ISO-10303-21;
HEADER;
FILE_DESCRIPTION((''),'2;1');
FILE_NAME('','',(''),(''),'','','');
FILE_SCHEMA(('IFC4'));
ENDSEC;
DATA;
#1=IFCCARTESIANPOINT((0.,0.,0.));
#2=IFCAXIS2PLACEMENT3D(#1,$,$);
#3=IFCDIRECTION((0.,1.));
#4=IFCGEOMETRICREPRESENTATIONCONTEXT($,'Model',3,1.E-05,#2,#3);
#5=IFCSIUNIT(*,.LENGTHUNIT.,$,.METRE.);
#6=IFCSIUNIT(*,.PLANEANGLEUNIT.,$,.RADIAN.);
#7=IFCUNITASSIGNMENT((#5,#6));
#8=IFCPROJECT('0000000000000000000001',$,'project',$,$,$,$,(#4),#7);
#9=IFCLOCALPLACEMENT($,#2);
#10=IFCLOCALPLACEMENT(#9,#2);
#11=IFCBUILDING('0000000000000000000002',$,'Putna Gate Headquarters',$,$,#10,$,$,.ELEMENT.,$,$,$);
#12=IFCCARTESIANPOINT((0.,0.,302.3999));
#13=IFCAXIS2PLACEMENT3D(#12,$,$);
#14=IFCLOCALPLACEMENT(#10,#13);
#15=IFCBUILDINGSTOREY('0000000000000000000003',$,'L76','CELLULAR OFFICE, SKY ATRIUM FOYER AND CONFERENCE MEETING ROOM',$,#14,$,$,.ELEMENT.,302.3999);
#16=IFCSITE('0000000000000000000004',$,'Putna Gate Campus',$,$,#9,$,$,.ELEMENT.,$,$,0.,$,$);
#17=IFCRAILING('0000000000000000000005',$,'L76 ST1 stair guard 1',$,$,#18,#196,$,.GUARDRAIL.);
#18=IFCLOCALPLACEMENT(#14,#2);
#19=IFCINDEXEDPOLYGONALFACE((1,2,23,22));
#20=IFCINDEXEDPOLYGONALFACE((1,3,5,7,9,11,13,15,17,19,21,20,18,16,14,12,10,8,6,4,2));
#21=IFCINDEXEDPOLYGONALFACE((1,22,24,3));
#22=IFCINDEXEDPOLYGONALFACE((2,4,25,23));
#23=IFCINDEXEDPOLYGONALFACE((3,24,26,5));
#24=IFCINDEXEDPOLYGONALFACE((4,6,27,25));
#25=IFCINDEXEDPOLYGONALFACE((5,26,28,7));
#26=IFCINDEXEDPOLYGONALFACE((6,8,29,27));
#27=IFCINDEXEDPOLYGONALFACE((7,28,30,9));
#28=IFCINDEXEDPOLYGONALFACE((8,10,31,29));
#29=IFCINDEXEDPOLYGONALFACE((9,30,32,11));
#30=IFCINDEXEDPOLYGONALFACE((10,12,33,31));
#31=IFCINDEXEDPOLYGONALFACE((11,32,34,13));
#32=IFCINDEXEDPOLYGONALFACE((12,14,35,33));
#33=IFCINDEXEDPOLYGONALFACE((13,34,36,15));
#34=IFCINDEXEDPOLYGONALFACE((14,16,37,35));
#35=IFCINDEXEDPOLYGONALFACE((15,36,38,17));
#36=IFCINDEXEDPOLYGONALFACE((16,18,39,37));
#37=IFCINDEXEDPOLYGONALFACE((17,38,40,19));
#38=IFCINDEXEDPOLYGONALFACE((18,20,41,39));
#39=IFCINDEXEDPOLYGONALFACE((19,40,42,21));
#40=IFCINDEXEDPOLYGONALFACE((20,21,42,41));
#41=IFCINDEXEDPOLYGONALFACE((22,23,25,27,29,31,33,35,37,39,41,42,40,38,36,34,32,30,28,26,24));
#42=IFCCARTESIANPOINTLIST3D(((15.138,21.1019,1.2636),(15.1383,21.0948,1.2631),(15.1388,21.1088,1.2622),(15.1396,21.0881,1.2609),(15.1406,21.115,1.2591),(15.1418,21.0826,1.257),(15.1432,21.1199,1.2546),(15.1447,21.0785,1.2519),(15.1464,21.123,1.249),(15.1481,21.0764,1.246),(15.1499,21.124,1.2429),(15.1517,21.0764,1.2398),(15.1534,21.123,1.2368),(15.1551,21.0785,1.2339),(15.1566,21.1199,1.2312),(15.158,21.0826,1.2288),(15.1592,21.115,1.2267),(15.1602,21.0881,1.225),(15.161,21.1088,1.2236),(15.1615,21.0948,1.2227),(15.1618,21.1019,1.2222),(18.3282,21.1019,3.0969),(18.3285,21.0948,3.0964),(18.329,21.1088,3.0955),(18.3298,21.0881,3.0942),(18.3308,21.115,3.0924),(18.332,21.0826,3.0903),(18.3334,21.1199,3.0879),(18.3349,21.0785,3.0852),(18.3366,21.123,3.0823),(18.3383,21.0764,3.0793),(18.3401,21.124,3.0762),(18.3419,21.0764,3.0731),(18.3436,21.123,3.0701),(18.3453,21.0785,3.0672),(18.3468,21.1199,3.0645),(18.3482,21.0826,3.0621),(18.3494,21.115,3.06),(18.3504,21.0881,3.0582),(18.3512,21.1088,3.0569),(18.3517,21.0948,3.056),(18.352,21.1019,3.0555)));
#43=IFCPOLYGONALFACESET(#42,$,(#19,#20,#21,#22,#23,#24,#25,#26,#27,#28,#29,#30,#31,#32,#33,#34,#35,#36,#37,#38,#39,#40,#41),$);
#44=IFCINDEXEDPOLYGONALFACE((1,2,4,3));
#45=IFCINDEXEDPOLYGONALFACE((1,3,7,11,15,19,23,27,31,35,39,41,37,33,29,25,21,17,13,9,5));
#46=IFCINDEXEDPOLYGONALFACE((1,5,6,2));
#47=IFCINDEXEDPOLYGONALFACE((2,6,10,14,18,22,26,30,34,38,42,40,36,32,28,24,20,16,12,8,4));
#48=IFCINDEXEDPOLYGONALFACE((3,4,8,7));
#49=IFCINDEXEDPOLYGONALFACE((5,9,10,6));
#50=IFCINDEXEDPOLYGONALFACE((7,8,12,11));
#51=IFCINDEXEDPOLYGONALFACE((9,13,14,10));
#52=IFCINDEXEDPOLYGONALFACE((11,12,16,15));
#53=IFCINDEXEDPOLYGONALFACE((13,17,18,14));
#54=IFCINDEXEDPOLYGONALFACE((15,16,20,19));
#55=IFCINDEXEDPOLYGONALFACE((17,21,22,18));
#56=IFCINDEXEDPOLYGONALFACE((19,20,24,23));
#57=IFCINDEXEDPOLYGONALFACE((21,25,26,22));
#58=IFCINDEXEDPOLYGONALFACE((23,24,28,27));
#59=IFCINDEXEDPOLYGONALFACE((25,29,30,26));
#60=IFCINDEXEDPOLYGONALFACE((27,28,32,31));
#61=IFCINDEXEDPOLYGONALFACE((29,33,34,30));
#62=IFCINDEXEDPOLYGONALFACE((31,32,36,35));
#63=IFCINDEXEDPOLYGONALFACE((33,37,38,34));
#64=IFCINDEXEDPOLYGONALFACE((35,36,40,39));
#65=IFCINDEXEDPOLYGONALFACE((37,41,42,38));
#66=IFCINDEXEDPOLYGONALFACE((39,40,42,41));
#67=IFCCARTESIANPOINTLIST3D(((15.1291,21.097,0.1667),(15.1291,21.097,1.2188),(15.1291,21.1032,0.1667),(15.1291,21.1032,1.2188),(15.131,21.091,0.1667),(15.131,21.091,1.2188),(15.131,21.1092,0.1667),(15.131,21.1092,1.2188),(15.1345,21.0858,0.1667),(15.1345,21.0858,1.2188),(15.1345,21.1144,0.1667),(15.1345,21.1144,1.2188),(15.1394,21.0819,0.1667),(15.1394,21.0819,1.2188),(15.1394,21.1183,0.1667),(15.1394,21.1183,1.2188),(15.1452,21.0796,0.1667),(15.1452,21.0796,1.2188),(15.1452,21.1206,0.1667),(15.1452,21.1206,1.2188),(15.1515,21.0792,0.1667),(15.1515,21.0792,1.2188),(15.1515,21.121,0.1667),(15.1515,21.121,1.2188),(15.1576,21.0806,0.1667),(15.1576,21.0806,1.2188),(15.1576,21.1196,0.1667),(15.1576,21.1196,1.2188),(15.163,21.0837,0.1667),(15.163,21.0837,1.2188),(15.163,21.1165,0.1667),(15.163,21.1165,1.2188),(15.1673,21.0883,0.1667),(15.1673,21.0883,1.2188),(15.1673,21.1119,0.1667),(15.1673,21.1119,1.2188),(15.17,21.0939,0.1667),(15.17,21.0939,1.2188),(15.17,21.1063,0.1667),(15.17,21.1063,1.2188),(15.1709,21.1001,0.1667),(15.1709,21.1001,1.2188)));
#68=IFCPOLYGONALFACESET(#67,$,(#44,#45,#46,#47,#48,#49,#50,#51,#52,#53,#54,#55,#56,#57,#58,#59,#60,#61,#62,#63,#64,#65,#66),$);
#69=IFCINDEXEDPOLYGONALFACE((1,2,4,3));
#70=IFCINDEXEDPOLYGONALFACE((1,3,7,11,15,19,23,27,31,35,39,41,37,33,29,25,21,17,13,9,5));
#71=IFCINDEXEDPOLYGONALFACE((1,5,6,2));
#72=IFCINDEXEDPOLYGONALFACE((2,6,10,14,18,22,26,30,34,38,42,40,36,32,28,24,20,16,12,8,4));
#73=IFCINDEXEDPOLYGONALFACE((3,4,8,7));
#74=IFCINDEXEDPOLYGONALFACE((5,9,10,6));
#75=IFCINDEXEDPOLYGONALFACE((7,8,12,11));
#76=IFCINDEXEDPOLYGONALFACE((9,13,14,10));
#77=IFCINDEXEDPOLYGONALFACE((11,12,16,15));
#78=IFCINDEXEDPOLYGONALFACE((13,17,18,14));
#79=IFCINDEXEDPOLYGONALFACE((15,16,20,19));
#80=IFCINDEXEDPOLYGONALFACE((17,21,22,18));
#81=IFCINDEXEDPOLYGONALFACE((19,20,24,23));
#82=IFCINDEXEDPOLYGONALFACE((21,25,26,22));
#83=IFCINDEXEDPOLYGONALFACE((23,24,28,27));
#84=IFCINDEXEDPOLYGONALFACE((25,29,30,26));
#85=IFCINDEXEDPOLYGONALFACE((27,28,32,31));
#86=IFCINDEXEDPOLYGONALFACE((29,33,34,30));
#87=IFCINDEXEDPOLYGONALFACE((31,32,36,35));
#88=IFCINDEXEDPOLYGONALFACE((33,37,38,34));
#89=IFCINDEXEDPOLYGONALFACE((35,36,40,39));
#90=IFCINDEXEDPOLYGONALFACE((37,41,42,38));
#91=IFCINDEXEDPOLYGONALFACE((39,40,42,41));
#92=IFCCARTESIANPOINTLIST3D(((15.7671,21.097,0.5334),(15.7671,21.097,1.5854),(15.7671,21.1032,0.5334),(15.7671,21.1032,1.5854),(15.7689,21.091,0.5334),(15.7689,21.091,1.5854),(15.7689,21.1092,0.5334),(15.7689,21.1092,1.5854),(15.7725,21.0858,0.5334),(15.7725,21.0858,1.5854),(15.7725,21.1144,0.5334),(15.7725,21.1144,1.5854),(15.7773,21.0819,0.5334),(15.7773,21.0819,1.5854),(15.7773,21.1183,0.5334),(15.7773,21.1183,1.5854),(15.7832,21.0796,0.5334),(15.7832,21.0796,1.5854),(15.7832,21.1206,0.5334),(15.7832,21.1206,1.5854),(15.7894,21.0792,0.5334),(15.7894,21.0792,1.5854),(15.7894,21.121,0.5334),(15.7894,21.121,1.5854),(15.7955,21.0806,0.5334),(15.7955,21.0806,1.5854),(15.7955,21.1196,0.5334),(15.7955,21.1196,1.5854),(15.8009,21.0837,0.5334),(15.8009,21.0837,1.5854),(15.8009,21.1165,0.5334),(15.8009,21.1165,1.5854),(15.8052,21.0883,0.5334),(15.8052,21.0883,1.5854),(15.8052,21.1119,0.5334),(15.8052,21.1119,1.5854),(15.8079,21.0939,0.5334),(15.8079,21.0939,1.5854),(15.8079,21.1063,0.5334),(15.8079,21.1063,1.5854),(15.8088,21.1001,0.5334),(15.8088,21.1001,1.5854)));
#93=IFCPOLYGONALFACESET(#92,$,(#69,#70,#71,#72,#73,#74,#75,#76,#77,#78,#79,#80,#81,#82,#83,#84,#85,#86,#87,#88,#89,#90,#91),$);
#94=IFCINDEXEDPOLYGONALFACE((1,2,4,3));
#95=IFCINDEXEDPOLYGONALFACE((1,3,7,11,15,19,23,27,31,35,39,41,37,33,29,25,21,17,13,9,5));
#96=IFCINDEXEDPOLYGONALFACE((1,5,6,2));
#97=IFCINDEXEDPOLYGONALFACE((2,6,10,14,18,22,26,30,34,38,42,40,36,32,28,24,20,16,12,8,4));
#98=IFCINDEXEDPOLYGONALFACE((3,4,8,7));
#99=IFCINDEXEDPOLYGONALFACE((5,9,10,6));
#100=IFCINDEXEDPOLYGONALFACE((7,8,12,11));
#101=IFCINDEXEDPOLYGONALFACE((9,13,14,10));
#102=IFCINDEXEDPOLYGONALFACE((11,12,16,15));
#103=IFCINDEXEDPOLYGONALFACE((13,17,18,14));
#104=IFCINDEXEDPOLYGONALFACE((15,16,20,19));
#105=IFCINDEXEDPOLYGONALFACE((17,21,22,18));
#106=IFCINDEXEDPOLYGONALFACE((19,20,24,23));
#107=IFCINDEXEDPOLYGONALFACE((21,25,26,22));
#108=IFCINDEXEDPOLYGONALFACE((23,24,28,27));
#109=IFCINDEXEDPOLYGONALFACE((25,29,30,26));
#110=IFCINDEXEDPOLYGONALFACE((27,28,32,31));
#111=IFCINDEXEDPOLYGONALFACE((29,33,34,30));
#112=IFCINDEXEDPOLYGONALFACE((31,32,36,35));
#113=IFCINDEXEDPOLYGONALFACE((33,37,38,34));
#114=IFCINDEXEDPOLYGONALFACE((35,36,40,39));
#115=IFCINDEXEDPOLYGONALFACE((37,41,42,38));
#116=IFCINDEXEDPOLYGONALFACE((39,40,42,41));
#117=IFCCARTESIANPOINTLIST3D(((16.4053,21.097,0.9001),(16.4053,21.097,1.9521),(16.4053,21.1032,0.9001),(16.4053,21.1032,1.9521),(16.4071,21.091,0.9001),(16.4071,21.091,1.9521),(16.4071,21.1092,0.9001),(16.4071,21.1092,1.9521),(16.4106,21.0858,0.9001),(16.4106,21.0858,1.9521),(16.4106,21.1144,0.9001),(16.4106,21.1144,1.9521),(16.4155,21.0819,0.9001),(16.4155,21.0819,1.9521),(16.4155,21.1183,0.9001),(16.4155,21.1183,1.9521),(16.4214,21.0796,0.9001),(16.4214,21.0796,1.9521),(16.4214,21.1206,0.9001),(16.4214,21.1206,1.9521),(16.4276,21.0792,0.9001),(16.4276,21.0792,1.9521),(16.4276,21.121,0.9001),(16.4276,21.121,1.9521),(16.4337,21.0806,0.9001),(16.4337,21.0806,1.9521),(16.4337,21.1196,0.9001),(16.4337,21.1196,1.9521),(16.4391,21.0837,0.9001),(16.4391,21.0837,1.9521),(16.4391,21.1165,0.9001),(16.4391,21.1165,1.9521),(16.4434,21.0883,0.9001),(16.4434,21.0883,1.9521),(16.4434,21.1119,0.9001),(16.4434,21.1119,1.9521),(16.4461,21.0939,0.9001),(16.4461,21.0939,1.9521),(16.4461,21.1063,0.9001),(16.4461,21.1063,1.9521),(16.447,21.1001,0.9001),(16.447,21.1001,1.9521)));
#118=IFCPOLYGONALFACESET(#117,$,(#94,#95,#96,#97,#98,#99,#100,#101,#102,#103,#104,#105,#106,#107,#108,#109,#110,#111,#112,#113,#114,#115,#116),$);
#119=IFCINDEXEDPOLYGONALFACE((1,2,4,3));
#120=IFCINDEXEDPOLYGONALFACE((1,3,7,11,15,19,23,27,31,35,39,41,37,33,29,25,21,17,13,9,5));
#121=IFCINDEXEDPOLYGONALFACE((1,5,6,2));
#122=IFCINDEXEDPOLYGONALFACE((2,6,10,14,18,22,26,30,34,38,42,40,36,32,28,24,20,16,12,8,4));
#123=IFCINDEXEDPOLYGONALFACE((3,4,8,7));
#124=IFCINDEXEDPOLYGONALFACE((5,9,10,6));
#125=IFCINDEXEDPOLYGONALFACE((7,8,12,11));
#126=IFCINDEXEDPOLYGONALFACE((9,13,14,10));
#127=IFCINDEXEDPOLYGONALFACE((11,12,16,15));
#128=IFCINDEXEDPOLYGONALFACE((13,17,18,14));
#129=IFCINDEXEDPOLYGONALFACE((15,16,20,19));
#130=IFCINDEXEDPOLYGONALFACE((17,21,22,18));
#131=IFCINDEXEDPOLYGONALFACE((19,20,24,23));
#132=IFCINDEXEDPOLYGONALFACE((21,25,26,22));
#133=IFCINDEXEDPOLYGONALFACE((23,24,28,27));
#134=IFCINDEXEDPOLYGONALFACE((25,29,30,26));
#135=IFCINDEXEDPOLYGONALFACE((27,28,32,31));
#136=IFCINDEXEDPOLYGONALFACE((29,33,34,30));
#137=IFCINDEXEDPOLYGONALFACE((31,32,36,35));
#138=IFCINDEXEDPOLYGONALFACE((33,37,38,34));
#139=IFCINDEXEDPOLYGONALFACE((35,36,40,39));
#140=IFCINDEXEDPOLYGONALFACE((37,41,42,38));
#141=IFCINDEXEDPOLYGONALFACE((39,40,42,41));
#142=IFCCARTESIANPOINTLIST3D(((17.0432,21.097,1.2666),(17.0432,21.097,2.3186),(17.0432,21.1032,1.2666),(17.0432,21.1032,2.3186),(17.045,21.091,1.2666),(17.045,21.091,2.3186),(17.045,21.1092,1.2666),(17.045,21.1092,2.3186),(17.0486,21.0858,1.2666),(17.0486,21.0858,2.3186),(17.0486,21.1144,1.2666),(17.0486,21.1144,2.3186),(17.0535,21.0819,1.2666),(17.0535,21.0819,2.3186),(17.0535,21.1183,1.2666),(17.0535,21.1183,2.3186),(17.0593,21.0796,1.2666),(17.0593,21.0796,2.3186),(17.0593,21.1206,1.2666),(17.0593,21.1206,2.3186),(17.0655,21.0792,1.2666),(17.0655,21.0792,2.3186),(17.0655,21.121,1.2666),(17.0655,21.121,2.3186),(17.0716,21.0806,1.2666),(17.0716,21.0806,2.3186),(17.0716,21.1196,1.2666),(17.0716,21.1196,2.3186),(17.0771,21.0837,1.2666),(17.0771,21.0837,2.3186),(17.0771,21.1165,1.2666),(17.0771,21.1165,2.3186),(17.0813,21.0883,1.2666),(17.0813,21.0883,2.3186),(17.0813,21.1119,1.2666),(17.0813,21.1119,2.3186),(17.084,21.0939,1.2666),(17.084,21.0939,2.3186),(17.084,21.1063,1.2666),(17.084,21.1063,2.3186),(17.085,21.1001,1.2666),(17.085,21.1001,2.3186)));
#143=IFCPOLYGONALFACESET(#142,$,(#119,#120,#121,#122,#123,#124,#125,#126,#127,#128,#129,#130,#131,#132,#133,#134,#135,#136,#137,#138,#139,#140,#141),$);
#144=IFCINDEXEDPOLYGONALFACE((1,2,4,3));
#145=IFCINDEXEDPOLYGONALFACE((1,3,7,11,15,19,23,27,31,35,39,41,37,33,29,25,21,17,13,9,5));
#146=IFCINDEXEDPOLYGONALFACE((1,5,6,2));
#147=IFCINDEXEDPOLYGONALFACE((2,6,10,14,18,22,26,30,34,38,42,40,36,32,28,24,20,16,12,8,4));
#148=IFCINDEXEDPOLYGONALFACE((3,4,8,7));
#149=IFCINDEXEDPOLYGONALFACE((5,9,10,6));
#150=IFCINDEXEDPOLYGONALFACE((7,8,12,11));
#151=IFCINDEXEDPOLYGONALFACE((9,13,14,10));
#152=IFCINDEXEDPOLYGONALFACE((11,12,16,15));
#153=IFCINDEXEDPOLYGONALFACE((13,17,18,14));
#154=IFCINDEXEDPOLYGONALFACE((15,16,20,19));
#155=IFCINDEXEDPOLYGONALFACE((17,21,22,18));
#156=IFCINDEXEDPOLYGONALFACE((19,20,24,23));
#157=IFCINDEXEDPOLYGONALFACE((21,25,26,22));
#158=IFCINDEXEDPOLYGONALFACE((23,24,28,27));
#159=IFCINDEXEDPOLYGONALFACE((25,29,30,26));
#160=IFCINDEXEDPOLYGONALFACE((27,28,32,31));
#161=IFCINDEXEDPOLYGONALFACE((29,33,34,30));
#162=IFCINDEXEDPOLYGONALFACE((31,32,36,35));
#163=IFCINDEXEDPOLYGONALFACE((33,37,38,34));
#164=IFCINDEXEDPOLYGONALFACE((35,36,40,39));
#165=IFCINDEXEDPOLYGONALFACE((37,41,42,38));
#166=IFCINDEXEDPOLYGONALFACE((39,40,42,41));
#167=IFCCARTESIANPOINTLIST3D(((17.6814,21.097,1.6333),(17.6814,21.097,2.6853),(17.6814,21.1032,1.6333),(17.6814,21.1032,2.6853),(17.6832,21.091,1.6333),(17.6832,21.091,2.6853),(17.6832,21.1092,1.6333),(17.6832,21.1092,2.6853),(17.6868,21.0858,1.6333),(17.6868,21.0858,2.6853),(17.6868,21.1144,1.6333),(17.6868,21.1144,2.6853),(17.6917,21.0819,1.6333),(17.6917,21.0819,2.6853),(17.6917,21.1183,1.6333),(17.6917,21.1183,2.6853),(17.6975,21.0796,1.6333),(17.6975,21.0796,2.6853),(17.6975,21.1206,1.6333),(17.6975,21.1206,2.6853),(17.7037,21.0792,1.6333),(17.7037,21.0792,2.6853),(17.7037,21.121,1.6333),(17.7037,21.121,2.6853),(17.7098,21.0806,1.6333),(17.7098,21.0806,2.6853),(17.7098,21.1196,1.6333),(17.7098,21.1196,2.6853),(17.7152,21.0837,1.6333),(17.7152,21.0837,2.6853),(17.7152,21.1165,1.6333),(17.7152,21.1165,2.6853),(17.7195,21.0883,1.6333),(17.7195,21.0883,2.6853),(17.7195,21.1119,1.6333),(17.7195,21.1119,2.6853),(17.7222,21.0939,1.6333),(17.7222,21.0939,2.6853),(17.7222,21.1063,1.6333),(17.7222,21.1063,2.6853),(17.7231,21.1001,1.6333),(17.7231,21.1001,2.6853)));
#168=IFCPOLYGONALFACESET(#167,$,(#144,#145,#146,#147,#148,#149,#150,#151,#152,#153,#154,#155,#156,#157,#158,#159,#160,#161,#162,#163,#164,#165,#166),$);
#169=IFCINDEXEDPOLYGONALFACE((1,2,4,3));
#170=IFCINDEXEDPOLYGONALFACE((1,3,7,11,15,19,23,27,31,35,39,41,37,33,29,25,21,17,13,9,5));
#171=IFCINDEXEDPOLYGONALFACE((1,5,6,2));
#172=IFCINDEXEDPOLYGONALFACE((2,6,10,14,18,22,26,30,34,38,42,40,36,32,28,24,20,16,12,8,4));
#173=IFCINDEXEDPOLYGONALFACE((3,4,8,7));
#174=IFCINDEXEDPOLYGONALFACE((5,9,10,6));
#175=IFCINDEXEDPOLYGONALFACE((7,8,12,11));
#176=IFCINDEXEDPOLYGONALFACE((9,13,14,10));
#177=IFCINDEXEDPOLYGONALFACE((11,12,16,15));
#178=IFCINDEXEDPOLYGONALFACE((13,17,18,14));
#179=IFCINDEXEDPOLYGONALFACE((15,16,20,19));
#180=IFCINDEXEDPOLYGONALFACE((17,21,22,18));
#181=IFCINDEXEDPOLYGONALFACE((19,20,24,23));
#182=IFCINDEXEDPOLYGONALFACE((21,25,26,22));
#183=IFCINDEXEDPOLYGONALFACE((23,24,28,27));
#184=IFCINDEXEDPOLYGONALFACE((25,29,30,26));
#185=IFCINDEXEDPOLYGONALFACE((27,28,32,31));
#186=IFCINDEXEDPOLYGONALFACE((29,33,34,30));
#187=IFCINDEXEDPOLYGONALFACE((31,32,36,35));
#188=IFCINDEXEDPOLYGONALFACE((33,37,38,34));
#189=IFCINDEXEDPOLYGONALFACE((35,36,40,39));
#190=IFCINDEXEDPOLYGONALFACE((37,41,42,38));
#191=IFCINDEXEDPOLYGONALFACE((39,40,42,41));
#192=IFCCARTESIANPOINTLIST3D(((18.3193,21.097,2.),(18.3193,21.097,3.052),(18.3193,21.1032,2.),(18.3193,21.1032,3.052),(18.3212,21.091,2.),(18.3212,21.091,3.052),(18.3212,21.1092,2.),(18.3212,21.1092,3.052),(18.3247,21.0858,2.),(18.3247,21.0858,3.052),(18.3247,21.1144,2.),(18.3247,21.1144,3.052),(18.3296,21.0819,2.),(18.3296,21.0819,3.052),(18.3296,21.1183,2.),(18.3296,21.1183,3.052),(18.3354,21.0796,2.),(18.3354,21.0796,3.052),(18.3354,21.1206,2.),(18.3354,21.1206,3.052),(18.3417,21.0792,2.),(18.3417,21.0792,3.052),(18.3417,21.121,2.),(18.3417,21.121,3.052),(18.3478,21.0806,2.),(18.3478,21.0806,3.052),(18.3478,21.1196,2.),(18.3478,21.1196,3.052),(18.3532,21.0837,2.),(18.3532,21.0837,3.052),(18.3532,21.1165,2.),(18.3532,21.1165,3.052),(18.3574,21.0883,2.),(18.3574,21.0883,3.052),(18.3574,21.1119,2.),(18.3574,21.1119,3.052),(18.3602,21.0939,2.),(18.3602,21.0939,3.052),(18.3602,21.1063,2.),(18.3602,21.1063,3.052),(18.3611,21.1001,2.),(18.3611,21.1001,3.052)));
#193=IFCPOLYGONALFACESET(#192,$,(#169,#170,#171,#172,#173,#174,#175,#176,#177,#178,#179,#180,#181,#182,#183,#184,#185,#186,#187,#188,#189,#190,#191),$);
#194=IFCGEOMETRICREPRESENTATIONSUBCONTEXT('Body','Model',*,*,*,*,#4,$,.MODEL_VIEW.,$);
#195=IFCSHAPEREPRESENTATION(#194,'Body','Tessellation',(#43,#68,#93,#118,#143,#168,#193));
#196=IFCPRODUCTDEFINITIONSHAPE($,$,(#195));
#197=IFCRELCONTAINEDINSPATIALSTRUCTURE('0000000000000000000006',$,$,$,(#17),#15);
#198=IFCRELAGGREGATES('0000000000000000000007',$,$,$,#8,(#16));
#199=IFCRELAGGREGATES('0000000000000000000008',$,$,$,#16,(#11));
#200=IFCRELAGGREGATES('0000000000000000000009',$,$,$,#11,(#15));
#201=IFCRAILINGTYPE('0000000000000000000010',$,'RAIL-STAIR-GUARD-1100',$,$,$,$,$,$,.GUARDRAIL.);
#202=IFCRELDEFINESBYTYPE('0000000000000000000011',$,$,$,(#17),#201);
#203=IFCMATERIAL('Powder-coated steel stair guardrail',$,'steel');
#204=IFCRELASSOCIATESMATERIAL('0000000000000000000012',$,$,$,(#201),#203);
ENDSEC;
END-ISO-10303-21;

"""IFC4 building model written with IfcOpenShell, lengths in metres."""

from ifc_helpers import new_model, si_unit, direction, frame, origin, origin_2d, place, context, subcontext, project, spatial, circle, extrude, material, type_object, element, save


model = new_model("IFC4")

# Units and contexts
model_context = context("Model", 3, precision=1e-05, world=origin(), true_north=direction((0.0, 1.0)))
body_context = subcontext(model_context, "Body", "Model", "MODEL_VIEW")
ifc_project = project(units=[si_unit("LENGTHUNIT", "METRE"), si_unit("PLANEANGLEUNIT", "RADIAN")], contexts=[model_context])

# Site, building, storey
site_placement = place(None, origin())
site = spatial("IfcSite", under=ifc_project, at=site_placement, Name="Putna Gate Campus", CompositionType="ELEMENT", RefElevation=0.0)
building_placement = place(site_placement, origin())
building = spatial("IfcBuilding", under=site, at=building_placement, Name="Putna Gate Headquarters", CompositionType="ELEMENT")
storey_placement = place(building_placement, frame((0.0, 0.0, 302.3999)))
storey = spatial("IfcBuildingStorey", under=building, at=storey_placement, Name="L76", Description="CELLULAR OFFICE, SKY ATRIUM FOYER AND CONFERENCE MEETING ROOM", CompositionType="ELEMENT", Elevation=302.3999)

# Railing
ifc_material_1 = material(Name="Powder-coated steel stair guardrail", Category="steel")
railing_type_1 = type_object("IfcRailingType", Name="RAIL-STAIR-GUARD-1100", PredefinedType="GUARDRAIL", material=ifc_material_1)
railing_1_placement = place(storey_placement, frame((15.1499, 21.1001, 0.1667)))
element("IfcRailing", 1, at=railing_1_placement, inside=storey, type_object=railing_type_1, Name="L76 ST1 stair guard 1", PredefinedType="GUARDRAIL", context=body_context, shape_type="SweptSolid", body=[
    extrude(circle(Radius=0.0239, at=origin_2d()), frame((0.0, 0.0, 1.0762), z_axis=(0.867036, 0.0, 0.498245), x_axis=(0.0, 1.0, 0.0)), (0.0, 0.0, 1.0), 3.6794),
    extrude(circle(Radius=0.021, at=origin_2d()), origin(), (0.0, 0.0, 1.0), 1.052),
    extrude(circle(Radius=0.021, at=origin_2d()), frame((0.6379, 0.0, 0.3667)), (0.0, 0.0, 1.0), 1.052),
    extrude(circle(Radius=0.021, at=origin_2d()), frame((1.2761, 0.0, 0.7334)), (0.0, 0.0, 1.0), 1.052),
    extrude(circle(Radius=0.021, at=origin_2d()), frame((1.9141, 0.0, 1.0999)), (0.0, 0.0, 1.0), 1.052),
    extrude(circle(Radius=0.021, at=origin_2d()), frame((2.5522, 0.0, 1.4666)), (0.0, 0.0, 1.0), 1.052),
    extrude(circle(Radius=0.021, at=origin_2d()), frame((3.1902, 0.0, 1.8333)), (0.0, 0.0, 1.0), 1.052),
])

save(model, "model.ifc")
